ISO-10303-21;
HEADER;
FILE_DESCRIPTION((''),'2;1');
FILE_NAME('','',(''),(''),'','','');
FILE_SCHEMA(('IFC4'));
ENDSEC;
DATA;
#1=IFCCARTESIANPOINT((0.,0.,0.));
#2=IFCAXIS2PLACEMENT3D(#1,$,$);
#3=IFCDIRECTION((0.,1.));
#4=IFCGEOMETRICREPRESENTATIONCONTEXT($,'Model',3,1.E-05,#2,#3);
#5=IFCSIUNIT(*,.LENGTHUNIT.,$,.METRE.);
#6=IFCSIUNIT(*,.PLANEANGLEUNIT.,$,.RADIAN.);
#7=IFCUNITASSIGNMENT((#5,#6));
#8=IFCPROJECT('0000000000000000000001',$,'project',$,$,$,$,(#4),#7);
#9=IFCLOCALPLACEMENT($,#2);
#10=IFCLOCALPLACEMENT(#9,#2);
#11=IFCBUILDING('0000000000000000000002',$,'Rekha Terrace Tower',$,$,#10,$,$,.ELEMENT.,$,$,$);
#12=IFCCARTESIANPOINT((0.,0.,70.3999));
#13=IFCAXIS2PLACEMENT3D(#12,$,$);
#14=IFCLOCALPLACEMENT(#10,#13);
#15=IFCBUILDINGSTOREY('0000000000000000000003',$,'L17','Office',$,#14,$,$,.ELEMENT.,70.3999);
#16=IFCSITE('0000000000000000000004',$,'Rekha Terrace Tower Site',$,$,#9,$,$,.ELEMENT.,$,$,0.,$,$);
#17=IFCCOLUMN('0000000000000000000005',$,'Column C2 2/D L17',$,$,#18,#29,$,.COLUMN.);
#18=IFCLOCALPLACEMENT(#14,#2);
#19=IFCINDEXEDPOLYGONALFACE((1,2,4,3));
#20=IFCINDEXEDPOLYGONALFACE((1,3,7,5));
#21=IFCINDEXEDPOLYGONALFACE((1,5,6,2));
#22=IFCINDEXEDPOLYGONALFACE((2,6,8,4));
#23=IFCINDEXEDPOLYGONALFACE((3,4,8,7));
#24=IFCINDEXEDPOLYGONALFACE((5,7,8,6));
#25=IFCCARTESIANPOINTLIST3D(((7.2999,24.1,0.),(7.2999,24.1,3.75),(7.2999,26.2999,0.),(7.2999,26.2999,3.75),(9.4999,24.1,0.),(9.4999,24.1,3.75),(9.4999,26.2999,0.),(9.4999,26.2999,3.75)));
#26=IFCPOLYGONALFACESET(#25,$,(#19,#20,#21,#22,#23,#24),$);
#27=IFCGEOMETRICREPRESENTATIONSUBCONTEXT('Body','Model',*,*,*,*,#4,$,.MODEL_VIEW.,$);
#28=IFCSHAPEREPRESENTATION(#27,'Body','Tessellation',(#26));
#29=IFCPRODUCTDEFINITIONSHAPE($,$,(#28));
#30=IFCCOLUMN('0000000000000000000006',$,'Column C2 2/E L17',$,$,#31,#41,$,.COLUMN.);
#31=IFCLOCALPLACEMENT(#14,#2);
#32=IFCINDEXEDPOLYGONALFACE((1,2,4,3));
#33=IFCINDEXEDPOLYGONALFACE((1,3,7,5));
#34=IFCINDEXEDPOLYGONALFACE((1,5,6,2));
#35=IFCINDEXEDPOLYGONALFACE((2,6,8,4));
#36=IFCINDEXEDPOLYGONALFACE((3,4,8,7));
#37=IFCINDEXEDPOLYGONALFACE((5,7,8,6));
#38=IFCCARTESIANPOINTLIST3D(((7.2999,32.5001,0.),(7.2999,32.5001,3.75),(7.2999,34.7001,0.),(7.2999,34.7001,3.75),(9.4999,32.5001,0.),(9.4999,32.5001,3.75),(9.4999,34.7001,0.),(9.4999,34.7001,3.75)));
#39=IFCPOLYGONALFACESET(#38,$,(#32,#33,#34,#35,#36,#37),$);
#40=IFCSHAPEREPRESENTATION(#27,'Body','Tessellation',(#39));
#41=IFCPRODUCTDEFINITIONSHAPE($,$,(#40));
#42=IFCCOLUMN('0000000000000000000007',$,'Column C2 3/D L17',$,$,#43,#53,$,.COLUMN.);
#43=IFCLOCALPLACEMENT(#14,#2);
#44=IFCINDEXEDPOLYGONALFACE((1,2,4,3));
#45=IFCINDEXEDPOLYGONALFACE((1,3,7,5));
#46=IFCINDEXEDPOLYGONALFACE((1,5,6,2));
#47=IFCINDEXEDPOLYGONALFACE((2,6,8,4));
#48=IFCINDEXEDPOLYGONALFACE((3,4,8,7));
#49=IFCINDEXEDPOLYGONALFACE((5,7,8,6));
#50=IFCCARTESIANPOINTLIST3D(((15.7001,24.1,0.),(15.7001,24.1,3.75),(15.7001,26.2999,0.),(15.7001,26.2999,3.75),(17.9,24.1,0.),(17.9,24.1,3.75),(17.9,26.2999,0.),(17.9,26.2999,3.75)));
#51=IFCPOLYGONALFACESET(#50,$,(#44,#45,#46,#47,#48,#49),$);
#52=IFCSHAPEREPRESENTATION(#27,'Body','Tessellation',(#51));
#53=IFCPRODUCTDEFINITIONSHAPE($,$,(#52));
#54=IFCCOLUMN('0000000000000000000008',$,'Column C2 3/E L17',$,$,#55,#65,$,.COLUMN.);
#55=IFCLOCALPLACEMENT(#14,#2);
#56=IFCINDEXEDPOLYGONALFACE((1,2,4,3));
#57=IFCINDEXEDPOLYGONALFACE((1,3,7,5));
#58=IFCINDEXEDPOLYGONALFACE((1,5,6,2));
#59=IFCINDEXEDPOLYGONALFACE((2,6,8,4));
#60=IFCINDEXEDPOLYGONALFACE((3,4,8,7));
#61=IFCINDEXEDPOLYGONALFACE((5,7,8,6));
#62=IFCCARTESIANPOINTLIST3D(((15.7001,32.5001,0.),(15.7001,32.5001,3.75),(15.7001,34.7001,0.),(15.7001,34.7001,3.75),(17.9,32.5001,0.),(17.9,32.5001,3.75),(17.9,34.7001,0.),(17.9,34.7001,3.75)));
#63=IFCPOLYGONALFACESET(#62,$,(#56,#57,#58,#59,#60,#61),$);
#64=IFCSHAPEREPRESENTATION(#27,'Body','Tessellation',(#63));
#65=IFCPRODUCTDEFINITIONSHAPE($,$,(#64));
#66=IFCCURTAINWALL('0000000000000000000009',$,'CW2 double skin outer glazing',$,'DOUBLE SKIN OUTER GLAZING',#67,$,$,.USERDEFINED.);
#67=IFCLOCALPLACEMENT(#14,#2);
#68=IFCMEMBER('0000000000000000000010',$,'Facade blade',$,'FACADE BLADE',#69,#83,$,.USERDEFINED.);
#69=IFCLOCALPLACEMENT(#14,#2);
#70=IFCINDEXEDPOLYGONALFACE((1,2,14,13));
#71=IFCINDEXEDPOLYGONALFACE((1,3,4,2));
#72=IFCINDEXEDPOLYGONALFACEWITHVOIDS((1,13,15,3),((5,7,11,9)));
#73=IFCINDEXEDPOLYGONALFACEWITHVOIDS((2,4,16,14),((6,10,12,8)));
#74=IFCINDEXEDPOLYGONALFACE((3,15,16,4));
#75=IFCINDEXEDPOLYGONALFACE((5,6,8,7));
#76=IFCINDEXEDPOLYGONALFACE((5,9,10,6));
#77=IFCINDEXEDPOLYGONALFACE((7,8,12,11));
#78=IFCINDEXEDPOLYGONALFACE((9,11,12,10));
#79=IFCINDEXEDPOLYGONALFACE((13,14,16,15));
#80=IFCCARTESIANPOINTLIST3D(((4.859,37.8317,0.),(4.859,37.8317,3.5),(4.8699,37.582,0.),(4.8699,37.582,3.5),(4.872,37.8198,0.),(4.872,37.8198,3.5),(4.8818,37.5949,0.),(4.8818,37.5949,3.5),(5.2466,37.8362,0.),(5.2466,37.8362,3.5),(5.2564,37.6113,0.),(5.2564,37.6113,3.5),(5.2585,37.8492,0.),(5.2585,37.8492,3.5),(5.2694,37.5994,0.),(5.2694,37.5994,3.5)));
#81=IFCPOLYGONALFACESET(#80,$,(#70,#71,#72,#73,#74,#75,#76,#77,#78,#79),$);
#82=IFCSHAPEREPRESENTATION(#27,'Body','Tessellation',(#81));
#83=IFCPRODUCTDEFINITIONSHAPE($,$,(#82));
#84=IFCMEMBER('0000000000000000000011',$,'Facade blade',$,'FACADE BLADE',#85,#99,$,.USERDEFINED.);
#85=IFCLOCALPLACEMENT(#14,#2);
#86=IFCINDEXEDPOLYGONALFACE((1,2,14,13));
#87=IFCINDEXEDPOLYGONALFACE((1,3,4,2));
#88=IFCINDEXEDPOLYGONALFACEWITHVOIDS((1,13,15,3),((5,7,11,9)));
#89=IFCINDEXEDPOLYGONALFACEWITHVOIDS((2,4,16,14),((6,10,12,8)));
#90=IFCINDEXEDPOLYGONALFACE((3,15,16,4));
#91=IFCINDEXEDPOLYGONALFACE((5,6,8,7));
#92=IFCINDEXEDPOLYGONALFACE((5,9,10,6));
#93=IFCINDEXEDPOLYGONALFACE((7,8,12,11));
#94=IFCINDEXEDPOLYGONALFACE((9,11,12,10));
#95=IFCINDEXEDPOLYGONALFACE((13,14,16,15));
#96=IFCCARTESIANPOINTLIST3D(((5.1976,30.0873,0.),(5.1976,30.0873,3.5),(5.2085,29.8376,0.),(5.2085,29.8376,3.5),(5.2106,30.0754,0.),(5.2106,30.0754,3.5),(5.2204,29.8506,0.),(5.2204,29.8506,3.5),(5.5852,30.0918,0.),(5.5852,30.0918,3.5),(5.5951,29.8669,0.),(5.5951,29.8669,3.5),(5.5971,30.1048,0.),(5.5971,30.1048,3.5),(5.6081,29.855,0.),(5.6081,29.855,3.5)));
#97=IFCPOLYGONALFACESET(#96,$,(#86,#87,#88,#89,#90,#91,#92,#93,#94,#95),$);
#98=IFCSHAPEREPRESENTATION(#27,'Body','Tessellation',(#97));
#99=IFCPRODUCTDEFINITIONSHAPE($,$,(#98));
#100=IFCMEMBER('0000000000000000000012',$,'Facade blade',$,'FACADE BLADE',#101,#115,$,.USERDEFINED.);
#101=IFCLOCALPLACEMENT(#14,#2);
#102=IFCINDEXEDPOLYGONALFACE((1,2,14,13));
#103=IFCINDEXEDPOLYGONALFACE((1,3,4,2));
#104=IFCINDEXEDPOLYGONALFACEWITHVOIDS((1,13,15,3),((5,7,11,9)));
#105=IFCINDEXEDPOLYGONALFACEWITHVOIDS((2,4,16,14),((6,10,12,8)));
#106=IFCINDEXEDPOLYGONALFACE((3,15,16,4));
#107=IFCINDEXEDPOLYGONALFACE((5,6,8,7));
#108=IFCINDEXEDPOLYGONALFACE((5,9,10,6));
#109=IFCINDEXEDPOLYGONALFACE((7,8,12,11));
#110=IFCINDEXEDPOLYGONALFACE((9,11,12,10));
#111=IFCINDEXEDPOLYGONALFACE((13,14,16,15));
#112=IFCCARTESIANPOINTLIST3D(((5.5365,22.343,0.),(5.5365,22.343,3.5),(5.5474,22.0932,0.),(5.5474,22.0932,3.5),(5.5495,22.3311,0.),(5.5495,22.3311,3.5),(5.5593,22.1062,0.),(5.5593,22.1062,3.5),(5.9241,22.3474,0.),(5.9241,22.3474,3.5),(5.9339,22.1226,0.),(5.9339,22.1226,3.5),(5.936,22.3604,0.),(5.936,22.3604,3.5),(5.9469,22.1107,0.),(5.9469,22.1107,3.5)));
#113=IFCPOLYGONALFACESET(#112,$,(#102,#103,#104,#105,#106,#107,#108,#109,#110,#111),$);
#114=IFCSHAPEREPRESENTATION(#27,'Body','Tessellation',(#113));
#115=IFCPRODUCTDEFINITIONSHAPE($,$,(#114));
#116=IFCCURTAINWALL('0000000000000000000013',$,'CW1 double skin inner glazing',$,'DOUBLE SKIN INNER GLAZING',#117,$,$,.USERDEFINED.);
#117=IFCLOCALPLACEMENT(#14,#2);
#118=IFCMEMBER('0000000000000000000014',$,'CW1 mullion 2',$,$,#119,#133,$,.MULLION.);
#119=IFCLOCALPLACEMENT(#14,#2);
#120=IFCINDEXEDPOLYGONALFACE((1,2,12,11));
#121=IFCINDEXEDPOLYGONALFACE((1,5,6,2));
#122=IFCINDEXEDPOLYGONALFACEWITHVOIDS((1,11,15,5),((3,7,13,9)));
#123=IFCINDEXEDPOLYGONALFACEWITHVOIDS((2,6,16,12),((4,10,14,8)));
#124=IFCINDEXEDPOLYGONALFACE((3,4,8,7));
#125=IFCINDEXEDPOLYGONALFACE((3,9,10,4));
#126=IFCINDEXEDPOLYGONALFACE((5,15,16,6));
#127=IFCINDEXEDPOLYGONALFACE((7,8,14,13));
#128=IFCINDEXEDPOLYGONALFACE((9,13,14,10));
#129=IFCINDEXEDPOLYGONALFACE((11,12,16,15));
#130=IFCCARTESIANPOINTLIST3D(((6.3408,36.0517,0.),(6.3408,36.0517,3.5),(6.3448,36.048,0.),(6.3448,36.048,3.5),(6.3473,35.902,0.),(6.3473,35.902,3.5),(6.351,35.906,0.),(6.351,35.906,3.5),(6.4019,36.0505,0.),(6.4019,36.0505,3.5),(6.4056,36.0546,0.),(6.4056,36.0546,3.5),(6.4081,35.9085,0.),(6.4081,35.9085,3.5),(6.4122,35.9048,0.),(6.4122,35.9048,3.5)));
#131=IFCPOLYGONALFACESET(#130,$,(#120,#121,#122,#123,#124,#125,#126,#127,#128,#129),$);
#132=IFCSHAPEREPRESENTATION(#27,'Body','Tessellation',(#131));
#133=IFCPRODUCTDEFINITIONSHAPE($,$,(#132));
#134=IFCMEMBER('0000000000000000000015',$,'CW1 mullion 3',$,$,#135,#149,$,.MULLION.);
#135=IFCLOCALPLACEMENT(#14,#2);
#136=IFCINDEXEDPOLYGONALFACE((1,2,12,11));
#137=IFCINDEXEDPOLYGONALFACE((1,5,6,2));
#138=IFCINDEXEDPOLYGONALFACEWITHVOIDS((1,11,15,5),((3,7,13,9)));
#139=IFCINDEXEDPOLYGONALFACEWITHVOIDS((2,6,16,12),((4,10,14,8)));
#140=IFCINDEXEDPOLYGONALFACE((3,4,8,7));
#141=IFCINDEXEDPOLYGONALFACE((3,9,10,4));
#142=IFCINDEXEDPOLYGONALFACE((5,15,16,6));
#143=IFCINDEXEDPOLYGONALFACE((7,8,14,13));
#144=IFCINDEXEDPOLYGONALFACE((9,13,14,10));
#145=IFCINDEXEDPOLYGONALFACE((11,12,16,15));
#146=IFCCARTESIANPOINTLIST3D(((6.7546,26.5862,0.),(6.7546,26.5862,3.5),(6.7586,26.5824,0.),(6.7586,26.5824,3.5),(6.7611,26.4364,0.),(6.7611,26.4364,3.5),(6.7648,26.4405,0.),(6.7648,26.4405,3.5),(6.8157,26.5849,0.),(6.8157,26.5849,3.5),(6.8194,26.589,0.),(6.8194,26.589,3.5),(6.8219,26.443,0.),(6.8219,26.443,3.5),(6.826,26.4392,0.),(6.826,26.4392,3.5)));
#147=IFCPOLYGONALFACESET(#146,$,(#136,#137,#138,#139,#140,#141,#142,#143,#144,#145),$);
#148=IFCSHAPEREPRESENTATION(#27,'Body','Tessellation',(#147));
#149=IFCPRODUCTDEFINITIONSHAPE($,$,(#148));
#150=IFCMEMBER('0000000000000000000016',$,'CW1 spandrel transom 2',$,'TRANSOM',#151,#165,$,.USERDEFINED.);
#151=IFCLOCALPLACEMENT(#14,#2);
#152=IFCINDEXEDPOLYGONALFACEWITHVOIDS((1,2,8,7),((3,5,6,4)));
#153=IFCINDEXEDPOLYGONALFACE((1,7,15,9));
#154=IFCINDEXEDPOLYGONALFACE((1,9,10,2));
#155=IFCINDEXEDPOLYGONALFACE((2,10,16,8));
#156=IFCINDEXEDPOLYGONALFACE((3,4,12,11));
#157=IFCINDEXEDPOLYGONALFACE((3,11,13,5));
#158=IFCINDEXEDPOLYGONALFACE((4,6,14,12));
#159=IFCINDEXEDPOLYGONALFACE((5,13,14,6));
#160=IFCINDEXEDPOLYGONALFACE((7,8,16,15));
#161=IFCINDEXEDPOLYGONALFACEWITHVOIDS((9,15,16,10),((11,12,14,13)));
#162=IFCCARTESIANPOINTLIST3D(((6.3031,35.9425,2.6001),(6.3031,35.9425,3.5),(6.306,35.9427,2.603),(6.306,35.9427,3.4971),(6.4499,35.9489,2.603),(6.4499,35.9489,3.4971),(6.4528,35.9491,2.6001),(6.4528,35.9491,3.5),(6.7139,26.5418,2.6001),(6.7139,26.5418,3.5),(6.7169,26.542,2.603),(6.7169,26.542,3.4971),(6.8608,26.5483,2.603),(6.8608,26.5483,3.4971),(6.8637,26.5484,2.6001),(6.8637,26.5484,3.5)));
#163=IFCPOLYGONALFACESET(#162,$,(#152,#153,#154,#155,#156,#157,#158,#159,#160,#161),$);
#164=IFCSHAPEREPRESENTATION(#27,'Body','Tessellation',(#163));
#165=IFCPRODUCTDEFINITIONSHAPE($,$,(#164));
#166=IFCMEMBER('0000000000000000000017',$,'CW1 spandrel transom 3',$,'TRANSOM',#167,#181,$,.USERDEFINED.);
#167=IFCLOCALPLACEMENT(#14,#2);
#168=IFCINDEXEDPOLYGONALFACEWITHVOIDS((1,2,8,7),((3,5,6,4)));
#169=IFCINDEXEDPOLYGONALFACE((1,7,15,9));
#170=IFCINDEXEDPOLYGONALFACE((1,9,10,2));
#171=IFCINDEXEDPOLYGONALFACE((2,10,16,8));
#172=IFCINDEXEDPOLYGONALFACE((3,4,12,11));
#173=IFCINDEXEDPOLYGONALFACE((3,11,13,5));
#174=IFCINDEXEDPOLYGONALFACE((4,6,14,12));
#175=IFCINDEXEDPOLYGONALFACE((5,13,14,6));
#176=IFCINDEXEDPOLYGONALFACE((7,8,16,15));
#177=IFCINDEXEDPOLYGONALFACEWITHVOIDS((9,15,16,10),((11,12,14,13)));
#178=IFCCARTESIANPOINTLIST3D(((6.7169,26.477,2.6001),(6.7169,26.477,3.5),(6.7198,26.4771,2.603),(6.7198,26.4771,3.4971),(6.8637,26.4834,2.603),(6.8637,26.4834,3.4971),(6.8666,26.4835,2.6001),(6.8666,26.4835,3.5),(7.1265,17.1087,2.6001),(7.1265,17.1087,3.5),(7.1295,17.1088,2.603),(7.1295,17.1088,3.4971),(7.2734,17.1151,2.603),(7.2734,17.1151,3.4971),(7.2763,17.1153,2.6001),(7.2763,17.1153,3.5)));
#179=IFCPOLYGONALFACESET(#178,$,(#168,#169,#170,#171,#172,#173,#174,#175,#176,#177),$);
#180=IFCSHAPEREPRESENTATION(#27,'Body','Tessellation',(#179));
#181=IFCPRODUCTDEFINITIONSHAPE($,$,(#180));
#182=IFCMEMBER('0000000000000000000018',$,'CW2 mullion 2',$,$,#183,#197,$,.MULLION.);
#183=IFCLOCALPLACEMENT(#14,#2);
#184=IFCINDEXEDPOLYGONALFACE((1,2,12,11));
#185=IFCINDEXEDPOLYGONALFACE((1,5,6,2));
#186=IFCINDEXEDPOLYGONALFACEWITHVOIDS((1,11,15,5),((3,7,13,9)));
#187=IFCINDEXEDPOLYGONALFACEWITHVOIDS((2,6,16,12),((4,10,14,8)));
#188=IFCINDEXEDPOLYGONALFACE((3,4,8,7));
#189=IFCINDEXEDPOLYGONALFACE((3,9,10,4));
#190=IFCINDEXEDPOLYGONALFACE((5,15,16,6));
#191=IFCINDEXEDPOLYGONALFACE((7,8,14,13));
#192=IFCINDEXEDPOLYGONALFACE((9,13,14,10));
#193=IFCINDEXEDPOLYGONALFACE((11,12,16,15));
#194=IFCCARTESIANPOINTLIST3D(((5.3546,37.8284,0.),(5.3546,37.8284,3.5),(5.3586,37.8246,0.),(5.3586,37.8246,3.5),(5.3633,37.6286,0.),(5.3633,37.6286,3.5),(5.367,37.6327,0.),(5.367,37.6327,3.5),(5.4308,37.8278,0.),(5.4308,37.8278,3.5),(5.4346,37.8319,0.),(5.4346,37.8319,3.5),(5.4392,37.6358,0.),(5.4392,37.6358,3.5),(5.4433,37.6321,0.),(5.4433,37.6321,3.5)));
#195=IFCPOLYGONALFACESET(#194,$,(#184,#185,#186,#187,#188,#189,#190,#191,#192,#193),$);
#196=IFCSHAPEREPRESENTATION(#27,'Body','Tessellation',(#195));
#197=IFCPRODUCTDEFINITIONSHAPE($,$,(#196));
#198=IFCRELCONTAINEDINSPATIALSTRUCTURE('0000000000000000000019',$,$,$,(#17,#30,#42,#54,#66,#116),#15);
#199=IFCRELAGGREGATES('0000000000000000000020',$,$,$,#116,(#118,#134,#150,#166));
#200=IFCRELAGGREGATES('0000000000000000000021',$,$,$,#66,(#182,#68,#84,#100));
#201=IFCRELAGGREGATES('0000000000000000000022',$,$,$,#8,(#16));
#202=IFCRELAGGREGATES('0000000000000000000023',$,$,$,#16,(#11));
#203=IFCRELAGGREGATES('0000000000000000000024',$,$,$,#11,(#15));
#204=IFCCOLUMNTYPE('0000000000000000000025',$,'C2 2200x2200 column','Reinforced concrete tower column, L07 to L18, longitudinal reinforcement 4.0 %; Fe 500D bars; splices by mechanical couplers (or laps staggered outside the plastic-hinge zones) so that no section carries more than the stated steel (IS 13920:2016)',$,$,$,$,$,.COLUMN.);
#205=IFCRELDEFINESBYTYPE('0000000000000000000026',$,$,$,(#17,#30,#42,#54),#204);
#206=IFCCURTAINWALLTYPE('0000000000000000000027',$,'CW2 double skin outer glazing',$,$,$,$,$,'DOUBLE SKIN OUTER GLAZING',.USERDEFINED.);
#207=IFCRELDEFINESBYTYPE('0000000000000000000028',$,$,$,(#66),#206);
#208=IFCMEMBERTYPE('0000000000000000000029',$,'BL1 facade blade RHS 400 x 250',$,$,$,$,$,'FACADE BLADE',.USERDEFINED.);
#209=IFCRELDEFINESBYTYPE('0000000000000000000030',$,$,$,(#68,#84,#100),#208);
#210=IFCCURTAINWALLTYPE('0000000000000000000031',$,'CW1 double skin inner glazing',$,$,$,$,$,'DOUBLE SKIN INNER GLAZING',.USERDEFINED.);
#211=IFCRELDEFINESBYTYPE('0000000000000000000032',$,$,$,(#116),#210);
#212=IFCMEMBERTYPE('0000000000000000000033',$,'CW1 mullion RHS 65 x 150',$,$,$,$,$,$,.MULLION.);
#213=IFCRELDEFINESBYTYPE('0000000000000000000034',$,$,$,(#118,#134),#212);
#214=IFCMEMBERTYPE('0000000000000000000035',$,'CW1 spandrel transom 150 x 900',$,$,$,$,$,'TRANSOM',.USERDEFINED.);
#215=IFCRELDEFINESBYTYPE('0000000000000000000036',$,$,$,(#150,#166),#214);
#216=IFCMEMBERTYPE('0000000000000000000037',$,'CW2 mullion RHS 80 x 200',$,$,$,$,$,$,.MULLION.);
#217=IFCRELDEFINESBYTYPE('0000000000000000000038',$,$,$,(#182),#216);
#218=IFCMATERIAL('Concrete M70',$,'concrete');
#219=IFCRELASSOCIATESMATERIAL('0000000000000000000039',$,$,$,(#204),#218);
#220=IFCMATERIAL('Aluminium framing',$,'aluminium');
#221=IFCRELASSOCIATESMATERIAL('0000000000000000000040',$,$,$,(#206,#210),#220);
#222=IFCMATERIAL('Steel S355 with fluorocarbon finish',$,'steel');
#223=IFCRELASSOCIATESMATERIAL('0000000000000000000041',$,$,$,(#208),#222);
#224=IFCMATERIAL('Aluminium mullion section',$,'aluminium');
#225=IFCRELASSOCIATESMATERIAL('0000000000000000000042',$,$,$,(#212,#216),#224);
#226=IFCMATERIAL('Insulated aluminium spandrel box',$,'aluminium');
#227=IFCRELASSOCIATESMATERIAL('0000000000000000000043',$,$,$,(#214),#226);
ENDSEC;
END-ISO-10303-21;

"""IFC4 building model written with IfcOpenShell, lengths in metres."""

from ifc_helpers import new_model, si_unit, direction, frame, origin, origin_2d, place, context, subcontext, project, spatial, rectangle, hollow_rectangle, extrude, material, material_profile, profile_set, type_object, element, aggregate, save


model = new_model("IFC4")

# Units and contexts
model_context = context("Model", 3, precision=1e-05, world=origin(), true_north=direction((0.0, 1.0)))
body_context = subcontext(model_context, "Body", "Model", "MODEL_VIEW")
ifc_project = project(units=[si_unit("LENGTHUNIT", "METRE"), si_unit("PLANEANGLEUNIT", "RADIAN")], contexts=[model_context])

# Site, building, storey
site_placement = place(None, origin())
site = spatial("IfcSite", under=ifc_project, at=site_placement, Name="Rekha Terrace Tower Site", CompositionType="ELEMENT", RefElevation=0.0)
building_placement = place(site_placement, origin())
building = spatial("IfcBuilding", under=site, at=building_placement, Name="Rekha Terrace Tower", CompositionType="ELEMENT")
storey_placement = place(building_placement, frame((0.0, 0.0, 70.3999)))
storey = spatial("IfcBuildingStorey", under=building, at=storey_placement, Name="L17", Description="Office", CompositionType="ELEMENT", Elevation=70.3999)

# Columns
ifc_material_1 = material(Name="Concrete M70", Category="concrete")
ifc_material_profile_1 = material_profile(ifc_material_1, rectangle(XDim=2.2, YDim=2.2, at=origin_2d()), Name="RC 2200x2200")
ifc_profile_set_1 = profile_set([ifc_material_profile_1], Name="Concrete M70")
column_type = type_object("IfcColumnType", Name="C2 2200x2200 column", Description="Reinforced concrete tower column, L07 to L18, longitudinal reinforcement 4.0 %; Fe 500D bars; splices by mechanical couplers (or laps staggered outside the plastic-hinge zones) so that no section carries more than the stated steel (IS 13920:2016)", PredefinedType="COLUMN", material=ifc_profile_set_1)
for number, where, z_axis, x_axis, name in (
    (1, (8.3999, 25.2, 0.0), (0.0, 0.0, 1.0), (1.0, 0.0, 0.0), "Column C2 2/D L17"),
    (2, (8.3999, 33.6001, 0.0), (0.0, 0.0, 1.0), (1.0, 0.0, 0.0), "Column C2 2/E L17"),
    (3, (16.8, 25.2, 0.0), (0.0, 0.0, 1.0), (1.0, 0.0, 0.0), "Column C2 3/D L17"),
    (4, (16.8, 33.6001, 0.0), (0.0, 0.0, 1.0), (1.0, 0.0, 0.0), "Column C2 3/E L17"),
):
    element("IfcColumn", number, at=place(storey_placement, frame(where, z_axis=z_axis, x_axis=x_axis)), inside=storey, type_object=column_type, Name=name, PredefinedType="COLUMN", context=body_context, shape_type="SweptSolid", body=[
        extrude(rectangle(XDim=2.2, YDim=2.2, at=origin_2d()), origin(), (0.0, 0.0, 1.0), 3.75),
    ])

# Curtain walls, members
ifc_material_2 = material(Name="Aluminium framing", Category="aluminium")
curtain_wall_type_1 = type_object("IfcCurtainWallType", Name="CW2 double skin outer glazing", ElementType="DOUBLE SKIN OUTER GLAZING", PredefinedType="USERDEFINED", material=ifc_material_2)
curtain_wall_1_placement = place(storey_placement, origin())
curtain_wall_1 = element("IfcCurtainWall", 5, at=curtain_wall_1_placement, inside=storey, type_object=curtain_wall_type_1, Name="CW2 double skin outer glazing", ObjectType="DOUBLE SKIN OUTER GLAZING", PredefinedType="USERDEFINED")
ifc_material_3 = material(Name="Steel S355 with fluorocarbon finish", Category="steel")
ifc_material_profile_2 = material_profile(ifc_material_3, hollow_rectangle(XDim=0.25, YDim=0.3999, WallThickness=0.0125, at=origin_2d()), Name="RHS400x250x12.5")
ifc_profile_set_2 = profile_set([ifc_material_profile_2], Name="Steel S355 with fluorocarbon finish")
member_type_1 = type_object("IfcMemberType", Name="BL1 facade blade RHS 400 x 250", ElementType="FACADE BLADE", PredefinedType="USERDEFINED", material=ifc_profile_set_2)
member_1_placement = place(storey_placement, frame((5.0642, 37.7156, 0.0), z_axis=(0.0, 0.0, 1.0), x_axis=(0.043682, -0.999045, 0.0)))
member_1 = element("IfcMember", 6, at=member_1_placement, type_object=member_type_1, Name="Facade blade", ObjectType="FACADE BLADE", PredefinedType="USERDEFINED", context=body_context, shape_type="SweptSolid", body=[
    extrude(hollow_rectangle(XDim=0.25, YDim=0.3999, WallThickness=0.0125, at=origin_2d()), origin(), (0.0, 0.0, 1.0), 3.5),
])
member_2_placement = place(storey_placement, frame((5.4028, 29.9712, 0.0), z_axis=(0.0, 0.0, 1.0), x_axis=(0.043682, -0.999045, 0.0)))
member_2 = element("IfcMember", 7, at=member_2_placement, type_object=member_type_1, Name="Facade blade", ObjectType="FACADE BLADE", PredefinedType="USERDEFINED", context=body_context, shape_type="SweptSolid", body=[
    extrude(hollow_rectangle(XDim=0.25, YDim=0.3999, WallThickness=0.0125, at=origin_2d()), origin(), (0.0, 0.0, 1.0), 3.5),
])
member_3_placement = place(storey_placement, frame((5.7417, 22.2268, 0.0), z_axis=(0.0, 0.0, 1.0), x_axis=(0.043682, -0.999045, 0.0)))
member_3 = element("IfcMember", 8, at=member_3_placement, type_object=member_type_1, Name="Facade blade", ObjectType="FACADE BLADE", PredefinedType="USERDEFINED", context=body_context, shape_type="SweptSolid", body=[
    extrude(hollow_rectangle(XDim=0.25, YDim=0.3999, WallThickness=0.0125, at=origin_2d()), origin(), (0.0, 0.0, 1.0), 3.5),
])
curtain_wall_type_2 = type_object("IfcCurtainWallType", Name="CW1 double skin inner glazing", ElementType="DOUBLE SKIN INNER GLAZING", PredefinedType="USERDEFINED", material=ifc_material_2)
curtain_wall_2_placement = place(storey_placement, origin())
curtain_wall_2 = element("IfcCurtainWall", 9, at=curtain_wall_2_placement, inside=storey, type_object=curtain_wall_type_2, Name="CW1 double skin inner glazing", ObjectType="DOUBLE SKIN INNER GLAZING", PredefinedType="USERDEFINED")
ifc_material_4 = material(Name="Aluminium mullion section", Category="aluminium")
ifc_material_profile_3 = material_profile(ifc_material_4, hollow_rectangle(XDim=0.0649, YDim=0.1499, WallThickness=0.0039, at=origin_2d()), Name="AL RHS 65x150")
ifc_profile_set_3 = profile_set([ifc_material_profile_3], Name="Aluminium mullion section")
member_type_2 = type_object("IfcMemberType", Name="CW1 mullion RHS 65 x 150", PredefinedType="MULLION", material=ifc_profile_set_3)
member_4_placement = place(storey_placement, frame((6.3765, 35.9783, 0.0), z_axis=(0.0, 0.0, 1.0), x_axis=(0.999045, 0.043683, 0.0)))
member_4 = element("IfcMember", 10, at=member_4_placement, type_object=member_type_2, Name="CW1 mullion 2", PredefinedType="MULLION", context=body_context, shape_type="SweptSolid", body=[
    extrude(hollow_rectangle(XDim=0.0649, YDim=0.1499, WallThickness=0.0039, at=origin_2d()), origin(), (0.0, 0.0, 1.0), 3.5),
])
member_5_placement = place(storey_placement, frame((6.7903, 26.5127, 0.0), z_axis=(0.0, 0.0, 1.0), x_axis=(0.999045, 0.043683, 0.0)))
member_5 = element("IfcMember", 11, at=member_5_placement, type_object=member_type_2, Name="CW1 mullion 3", PredefinedType="MULLION", context=body_context, shape_type="SweptSolid", body=[
    extrude(hollow_rectangle(XDim=0.0649, YDim=0.1499, WallThickness=0.0039, at=origin_2d()), origin(), (0.0, 0.0, 1.0), 3.5),
])
ifc_material_5 = material(Name="Insulated aluminium spandrel box", Category="aluminium")
ifc_material_profile_4 = material_profile(ifc_material_5, hollow_rectangle(XDim=0.1499, YDim=0.8999, WallThickness=0.0029, at=origin_2d()), Name="AL SPANDREL BOX 150x900")
ifc_profile_set_4 = profile_set([ifc_material_profile_4], Name="Insulated aluminium spandrel box")
member_type_3 = type_object("IfcMemberType", Name="CW1 spandrel transom 150 x 900", ElementType="TRANSOM", PredefinedType="USERDEFINED", material=ifc_profile_set_4)
member_6_placement = place(storey_placement, frame((6.3779, 35.9458, 3.05), z_axis=(0.043667, -0.999046, 0.0), x_axis=(0.999046, 0.043667, 0.0)))
member_6 = element("IfcMember", 12, at=member_6_placement, type_object=member_type_3, Name="CW1 spandrel transom 2", ObjectType="TRANSOM", PredefinedType="USERDEFINED", context=body_context, shape_type="SweptSolid", body=[
    extrude(hollow_rectangle(XDim=0.1499, YDim=0.8999, WallThickness=0.0029, at=origin_2d()), origin(), (0.0, 0.0, 1.0), 9.4097),
])
member_7_placement = place(storey_placement, frame((6.7917, 26.4802, 3.05), z_axis=(0.043688, -0.999045, 0.0), x_axis=(0.999045, 0.043688, 0.0)))
member_7 = element("IfcMember", 13, at=member_7_placement, type_object=member_type_3, Name="CW1 spandrel transom 3", ObjectType="TRANSOM", PredefinedType="USERDEFINED", context=body_context, shape_type="SweptSolid", body=[
    extrude(hollow_rectangle(XDim=0.1499, YDim=0.8999, WallThickness=0.0029, at=origin_2d()), origin(), (0.0, 0.0, 1.0), 9.3772),
])

# Member
ifc_material_profile_5 = material_profile(ifc_material_4, hollow_rectangle(XDim=0.0801, YDim=0.2, WallThickness=0.0039, at=origin_2d()), Name="AL RHS 80x200")
ifc_profile_set_5 = profile_set([ifc_material_profile_5], Name="Aluminium mullion section")
member_type_4 = type_object("IfcMemberType", Name="CW2 mullion RHS 80 x 200", PredefinedType="MULLION", material=ifc_profile_set_5)
member_8_placement = place(storey_placement, frame((5.3989, 37.7302, 0.0), z_axis=(0.0, 0.0, 1.0), x_axis=(0.999045, 0.043683, 0.0)))
member_8 = element("IfcMember", 14, at=member_8_placement, type_object=member_type_4, Name="CW2 mullion 2", PredefinedType="MULLION", context=body_context, shape_type="SweptSolid", body=[
    extrude(hollow_rectangle(XDim=0.0801, YDim=0.2, WallThickness=0.0039, at=origin_2d()), origin(), (0.0, 0.0, 1.0), 3.5),
])

aggregate(curtain_wall_2, [member_4, member_5, member_6, member_7])
aggregate(curtain_wall_1, [member_8, member_1, member_2, member_3])

save(model, "model.ifc")
